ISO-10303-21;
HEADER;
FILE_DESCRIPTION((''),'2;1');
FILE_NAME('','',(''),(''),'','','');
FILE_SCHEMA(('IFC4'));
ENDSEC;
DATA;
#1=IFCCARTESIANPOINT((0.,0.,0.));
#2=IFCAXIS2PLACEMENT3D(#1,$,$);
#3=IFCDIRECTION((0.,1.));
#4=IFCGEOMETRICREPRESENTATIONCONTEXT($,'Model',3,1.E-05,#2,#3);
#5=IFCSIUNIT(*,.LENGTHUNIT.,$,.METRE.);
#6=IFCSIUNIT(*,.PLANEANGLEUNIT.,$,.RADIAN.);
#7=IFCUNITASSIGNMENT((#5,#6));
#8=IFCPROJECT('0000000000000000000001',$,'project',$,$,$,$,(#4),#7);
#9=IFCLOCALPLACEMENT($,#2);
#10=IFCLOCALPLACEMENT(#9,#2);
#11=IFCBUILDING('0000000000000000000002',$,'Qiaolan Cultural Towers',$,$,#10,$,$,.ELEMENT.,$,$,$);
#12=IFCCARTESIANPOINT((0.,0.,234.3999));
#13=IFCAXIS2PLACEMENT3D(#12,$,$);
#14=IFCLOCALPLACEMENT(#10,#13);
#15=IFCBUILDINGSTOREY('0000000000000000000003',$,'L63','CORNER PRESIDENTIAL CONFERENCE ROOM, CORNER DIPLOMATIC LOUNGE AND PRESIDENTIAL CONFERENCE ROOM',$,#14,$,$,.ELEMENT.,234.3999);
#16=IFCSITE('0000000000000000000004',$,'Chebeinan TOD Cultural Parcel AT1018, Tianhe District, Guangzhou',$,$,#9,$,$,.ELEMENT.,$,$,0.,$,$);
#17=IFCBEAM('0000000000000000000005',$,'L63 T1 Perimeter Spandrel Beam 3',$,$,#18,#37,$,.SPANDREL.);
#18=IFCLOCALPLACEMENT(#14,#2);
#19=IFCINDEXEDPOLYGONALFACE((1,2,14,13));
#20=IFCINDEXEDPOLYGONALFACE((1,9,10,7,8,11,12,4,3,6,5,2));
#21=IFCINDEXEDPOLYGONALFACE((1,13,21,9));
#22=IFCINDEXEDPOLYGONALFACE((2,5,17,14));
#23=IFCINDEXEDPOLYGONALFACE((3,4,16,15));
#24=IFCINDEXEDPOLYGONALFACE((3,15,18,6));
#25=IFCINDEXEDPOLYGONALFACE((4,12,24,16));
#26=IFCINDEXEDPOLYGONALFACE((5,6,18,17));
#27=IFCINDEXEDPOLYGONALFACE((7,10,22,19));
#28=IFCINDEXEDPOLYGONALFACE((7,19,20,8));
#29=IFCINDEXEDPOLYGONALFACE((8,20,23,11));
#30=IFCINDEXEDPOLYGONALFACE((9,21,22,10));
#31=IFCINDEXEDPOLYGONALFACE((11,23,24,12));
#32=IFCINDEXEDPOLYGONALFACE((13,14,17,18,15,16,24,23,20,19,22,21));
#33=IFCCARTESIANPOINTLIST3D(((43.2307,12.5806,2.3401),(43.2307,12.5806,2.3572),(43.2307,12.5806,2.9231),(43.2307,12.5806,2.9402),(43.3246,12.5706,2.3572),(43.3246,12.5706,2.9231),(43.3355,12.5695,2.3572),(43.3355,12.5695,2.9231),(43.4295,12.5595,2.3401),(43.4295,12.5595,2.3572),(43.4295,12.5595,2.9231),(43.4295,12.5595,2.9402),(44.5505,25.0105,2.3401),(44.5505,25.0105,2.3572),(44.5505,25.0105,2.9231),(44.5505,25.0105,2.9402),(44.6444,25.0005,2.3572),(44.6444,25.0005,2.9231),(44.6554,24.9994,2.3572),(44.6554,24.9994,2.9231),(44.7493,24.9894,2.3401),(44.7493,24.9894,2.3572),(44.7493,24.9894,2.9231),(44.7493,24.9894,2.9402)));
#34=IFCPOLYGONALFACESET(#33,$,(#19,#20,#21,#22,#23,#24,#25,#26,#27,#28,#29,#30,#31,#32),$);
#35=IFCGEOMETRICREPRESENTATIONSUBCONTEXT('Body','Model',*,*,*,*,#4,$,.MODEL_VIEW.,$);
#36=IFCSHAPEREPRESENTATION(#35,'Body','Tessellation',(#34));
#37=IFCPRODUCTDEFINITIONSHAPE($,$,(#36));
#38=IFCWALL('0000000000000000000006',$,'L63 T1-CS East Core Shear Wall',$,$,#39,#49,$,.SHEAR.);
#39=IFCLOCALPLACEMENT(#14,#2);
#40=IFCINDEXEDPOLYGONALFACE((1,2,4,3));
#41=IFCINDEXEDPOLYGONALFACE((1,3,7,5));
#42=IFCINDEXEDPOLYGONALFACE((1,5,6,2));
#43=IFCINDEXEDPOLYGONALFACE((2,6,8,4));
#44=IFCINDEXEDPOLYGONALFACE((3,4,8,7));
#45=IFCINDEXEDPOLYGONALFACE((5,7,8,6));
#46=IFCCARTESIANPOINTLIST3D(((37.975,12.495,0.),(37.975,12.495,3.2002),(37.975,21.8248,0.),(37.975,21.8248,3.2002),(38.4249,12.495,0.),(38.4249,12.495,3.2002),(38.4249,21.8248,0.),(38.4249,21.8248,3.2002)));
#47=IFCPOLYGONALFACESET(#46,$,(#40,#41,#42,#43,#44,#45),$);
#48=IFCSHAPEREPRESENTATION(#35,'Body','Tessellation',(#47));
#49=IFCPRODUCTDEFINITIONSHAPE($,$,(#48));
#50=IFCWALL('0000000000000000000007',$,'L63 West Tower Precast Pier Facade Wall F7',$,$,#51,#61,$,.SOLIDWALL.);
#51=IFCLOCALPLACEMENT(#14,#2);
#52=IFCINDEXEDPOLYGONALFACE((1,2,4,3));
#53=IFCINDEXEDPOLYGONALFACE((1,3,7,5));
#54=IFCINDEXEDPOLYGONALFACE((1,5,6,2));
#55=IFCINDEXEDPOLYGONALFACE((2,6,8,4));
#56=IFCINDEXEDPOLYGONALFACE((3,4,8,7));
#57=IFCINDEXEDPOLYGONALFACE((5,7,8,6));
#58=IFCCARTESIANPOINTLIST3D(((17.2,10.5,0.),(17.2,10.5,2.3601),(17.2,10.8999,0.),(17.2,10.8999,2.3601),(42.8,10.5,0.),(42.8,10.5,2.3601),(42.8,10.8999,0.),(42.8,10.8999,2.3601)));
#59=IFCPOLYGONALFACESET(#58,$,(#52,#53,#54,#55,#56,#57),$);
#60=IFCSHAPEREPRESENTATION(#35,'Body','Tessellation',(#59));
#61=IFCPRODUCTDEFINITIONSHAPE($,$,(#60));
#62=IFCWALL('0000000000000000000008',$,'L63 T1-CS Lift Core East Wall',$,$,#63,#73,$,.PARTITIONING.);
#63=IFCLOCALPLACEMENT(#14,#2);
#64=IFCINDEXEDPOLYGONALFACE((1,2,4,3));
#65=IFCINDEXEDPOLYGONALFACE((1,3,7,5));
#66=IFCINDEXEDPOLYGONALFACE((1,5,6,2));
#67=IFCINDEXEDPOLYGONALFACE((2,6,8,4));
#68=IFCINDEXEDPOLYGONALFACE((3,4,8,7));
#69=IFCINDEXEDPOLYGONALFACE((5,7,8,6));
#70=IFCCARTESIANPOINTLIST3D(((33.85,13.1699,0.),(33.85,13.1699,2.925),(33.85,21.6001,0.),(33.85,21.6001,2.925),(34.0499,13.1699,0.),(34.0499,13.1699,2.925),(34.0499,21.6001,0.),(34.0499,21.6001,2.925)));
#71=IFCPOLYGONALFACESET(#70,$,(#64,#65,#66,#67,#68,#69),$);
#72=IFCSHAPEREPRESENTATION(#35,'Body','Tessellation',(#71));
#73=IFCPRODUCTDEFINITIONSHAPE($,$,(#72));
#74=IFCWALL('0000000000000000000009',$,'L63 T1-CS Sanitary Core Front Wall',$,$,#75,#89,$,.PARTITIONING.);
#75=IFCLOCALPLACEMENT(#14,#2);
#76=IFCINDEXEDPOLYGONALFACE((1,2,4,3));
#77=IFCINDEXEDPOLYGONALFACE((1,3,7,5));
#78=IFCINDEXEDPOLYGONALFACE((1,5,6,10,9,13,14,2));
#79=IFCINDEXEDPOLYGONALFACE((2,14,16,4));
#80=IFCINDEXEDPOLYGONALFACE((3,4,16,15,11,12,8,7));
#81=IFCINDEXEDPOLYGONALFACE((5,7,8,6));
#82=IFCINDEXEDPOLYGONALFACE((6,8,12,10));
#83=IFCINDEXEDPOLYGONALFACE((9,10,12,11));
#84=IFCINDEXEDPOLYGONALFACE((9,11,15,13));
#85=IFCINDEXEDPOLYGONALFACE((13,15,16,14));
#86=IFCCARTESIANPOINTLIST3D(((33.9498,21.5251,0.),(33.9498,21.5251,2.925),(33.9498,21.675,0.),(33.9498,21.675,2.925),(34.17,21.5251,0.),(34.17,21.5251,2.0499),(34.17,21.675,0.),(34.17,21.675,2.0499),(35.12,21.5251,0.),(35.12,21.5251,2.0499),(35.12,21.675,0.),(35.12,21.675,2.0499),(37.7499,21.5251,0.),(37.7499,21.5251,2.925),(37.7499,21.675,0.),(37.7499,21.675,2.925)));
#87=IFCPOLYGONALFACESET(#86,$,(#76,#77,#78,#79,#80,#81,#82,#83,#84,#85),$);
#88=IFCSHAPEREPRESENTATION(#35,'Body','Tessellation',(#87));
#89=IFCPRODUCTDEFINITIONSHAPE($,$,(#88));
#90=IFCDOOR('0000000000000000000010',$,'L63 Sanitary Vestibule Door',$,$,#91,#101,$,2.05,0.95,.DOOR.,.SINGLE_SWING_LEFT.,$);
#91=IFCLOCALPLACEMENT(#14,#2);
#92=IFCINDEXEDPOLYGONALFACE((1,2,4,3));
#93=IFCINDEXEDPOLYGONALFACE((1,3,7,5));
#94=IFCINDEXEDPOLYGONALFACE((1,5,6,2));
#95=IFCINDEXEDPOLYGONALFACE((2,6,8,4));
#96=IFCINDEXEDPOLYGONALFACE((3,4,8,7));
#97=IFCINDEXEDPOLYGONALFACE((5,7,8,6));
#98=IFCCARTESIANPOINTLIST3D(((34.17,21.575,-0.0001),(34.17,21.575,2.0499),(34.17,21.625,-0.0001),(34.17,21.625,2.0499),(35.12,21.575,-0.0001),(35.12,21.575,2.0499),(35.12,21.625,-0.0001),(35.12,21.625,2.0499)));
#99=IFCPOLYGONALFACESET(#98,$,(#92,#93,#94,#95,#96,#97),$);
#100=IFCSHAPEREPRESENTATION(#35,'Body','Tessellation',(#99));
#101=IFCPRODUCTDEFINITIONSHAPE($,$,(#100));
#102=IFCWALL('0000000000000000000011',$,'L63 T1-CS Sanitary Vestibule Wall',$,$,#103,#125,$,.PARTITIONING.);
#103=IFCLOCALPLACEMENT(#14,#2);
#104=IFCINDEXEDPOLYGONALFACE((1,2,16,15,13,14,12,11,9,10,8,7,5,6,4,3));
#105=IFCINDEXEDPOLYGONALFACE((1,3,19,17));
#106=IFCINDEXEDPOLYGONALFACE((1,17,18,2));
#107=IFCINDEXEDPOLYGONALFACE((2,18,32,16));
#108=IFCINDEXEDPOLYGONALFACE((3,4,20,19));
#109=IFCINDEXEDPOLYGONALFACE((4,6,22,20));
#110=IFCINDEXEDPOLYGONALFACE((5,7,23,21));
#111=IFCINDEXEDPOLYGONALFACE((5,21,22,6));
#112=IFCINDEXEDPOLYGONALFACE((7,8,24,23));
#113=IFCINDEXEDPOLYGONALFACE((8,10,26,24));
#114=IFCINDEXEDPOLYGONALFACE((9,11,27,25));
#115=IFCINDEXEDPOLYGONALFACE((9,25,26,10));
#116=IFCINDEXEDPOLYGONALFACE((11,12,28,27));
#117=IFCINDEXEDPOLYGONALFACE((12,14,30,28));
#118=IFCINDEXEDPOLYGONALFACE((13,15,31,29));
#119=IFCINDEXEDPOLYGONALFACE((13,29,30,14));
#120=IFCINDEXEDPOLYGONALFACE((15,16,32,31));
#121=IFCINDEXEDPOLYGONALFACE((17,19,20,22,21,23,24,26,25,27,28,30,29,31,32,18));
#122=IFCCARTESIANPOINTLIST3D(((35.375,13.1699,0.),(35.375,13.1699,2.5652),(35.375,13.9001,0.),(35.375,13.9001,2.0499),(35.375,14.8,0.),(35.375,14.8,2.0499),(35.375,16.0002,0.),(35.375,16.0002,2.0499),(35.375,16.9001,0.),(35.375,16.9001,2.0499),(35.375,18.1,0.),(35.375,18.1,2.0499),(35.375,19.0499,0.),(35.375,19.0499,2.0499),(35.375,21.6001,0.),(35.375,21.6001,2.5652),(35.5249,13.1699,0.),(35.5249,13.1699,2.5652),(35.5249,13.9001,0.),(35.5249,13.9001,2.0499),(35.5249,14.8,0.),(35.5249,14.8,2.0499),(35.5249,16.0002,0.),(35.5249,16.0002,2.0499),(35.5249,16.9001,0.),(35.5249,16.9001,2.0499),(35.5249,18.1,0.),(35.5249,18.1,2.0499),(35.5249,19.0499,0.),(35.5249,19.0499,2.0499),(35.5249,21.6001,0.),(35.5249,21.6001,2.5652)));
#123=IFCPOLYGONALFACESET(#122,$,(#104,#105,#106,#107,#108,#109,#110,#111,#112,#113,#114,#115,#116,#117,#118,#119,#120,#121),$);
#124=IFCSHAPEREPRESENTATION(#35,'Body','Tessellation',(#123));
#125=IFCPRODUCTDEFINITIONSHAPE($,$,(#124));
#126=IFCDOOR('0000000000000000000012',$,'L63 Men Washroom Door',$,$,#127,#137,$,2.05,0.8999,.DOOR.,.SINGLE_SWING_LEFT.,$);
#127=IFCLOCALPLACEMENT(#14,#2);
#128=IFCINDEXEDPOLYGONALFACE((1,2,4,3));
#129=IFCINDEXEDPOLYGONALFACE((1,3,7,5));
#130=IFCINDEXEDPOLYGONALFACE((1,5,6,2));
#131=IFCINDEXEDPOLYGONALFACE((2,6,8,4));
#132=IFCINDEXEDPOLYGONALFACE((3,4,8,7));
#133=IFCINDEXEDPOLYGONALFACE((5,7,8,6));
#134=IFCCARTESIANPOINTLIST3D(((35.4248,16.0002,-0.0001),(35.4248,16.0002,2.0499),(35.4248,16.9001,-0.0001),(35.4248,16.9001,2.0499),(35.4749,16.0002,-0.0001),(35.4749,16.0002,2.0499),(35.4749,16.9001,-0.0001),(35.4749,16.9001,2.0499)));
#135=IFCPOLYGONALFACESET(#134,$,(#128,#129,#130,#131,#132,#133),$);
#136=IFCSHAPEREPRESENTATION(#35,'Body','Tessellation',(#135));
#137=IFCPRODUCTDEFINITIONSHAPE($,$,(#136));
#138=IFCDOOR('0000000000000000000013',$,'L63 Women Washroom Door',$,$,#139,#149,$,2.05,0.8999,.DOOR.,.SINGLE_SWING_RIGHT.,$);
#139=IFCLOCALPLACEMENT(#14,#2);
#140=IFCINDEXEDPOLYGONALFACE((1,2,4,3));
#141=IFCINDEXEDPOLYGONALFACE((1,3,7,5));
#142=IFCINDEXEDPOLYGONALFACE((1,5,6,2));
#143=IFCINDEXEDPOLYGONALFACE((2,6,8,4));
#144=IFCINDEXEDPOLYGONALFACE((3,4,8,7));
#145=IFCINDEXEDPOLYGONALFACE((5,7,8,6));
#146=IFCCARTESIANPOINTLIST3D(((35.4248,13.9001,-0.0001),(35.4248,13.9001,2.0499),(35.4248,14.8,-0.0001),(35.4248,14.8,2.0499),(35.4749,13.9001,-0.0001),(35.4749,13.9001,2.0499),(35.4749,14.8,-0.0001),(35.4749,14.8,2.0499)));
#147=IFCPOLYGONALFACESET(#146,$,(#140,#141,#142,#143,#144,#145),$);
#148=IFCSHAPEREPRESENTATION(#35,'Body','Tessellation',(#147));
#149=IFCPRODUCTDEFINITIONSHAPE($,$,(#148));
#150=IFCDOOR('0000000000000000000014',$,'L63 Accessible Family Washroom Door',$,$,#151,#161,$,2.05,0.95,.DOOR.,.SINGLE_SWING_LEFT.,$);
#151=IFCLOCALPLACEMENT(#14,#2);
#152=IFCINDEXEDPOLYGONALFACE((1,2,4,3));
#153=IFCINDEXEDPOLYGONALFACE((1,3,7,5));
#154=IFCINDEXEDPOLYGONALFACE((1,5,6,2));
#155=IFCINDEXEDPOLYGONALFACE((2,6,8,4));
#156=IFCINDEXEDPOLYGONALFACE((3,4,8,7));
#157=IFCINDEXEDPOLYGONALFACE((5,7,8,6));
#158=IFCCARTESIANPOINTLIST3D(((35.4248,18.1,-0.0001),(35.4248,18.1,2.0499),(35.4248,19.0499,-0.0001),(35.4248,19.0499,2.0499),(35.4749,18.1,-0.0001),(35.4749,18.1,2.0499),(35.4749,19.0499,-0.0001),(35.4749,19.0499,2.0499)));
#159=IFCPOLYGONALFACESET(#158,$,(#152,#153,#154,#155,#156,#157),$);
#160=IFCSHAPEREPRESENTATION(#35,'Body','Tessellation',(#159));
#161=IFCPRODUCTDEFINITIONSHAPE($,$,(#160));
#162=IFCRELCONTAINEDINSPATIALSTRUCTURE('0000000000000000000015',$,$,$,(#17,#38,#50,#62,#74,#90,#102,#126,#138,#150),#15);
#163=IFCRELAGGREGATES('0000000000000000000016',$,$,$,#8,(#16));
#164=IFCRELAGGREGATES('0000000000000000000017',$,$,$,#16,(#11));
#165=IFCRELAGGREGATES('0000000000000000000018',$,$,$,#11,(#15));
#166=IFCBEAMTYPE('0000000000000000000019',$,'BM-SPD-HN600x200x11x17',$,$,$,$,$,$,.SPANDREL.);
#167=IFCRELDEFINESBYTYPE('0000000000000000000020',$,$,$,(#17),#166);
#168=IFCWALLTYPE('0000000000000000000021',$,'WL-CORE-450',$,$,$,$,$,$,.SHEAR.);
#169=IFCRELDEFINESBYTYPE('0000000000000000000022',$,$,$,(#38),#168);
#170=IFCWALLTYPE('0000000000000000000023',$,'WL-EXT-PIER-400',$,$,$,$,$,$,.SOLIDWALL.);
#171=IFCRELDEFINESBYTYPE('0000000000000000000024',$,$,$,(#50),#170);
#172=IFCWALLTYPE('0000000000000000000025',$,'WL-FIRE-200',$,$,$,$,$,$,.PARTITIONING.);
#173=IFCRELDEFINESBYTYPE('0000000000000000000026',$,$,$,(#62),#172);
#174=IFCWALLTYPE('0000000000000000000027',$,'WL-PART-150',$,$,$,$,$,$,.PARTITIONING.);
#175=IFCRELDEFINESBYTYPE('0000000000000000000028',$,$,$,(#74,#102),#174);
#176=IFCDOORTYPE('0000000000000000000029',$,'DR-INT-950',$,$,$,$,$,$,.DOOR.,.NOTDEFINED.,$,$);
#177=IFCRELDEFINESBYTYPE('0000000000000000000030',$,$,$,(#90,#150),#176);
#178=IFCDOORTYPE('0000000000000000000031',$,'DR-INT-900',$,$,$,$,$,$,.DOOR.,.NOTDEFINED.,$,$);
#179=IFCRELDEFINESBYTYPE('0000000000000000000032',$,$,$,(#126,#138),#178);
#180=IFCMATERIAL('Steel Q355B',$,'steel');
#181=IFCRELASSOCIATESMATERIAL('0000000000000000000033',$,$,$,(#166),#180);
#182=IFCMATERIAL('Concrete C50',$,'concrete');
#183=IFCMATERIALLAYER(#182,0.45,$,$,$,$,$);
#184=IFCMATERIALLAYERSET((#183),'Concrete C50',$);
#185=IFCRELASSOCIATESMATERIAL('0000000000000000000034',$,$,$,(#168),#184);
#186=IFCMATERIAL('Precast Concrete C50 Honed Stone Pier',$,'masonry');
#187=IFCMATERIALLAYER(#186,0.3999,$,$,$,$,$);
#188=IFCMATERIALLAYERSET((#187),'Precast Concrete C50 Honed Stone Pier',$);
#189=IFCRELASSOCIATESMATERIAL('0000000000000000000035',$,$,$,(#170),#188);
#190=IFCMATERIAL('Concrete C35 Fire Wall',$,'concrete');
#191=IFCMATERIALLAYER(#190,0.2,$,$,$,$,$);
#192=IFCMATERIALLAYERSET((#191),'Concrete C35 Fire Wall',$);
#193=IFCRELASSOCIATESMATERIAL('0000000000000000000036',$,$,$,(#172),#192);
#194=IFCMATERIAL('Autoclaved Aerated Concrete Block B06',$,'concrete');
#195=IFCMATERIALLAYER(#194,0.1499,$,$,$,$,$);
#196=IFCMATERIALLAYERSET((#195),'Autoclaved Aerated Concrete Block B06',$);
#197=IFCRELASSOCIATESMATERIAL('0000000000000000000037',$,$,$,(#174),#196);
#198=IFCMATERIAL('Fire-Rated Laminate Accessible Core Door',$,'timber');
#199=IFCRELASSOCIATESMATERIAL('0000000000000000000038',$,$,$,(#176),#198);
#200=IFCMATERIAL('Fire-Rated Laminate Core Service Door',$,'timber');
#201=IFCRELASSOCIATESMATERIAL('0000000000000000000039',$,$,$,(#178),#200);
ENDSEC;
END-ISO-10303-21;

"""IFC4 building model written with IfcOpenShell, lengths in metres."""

from ifc_helpers import new_model, si_unit, direction, frame, frame_2d, origin, origin_2d, place, context, subcontext, project, spatial, rectangle, i_section, extrude, material, layer, layer_set, material_profile, profile_set, type_object, element, fill, save


model = new_model("IFC4")

# Units and contexts
model_context = context("Model", 3, precision=1e-05, world=origin(), true_north=direction((0.0, 1.0)))
body_context = subcontext(model_context, "Body", "Model", "MODEL_VIEW")
ifc_project = project(units=[si_unit("LENGTHUNIT", "METRE"), si_unit("PLANEANGLEUNIT", "RADIAN")], contexts=[model_context])

# Site, building, storey
site_placement = place(None, origin())
site = spatial("IfcSite", under=ifc_project, at=site_placement, Name="Chebeinan TOD Cultural Parcel AT1018, Tianhe District, Guangzhou", CompositionType="ELEMENT", RefElevation=0.0)
building_placement = place(site_placement, origin())
building = spatial("IfcBuilding", under=site, at=building_placement, Name="Qiaolan Cultural Towers", CompositionType="ELEMENT")
storey_placement = place(building_placement, frame((0.0, 0.0, 234.3999)))
storey = spatial("IfcBuildingStorey", under=building, at=storey_placement, Name="L63", Description="CORNER PRESIDENTIAL CONFERENCE ROOM, CORNER DIPLOMATIC LOUNGE AND PRESIDENTIAL CONFERENCE ROOM", CompositionType="ELEMENT", Elevation=234.3999)

# Beam
ifc_material_1 = material(Name="Steel Q355B", Category="steel")
ifc_material_profile_1 = material_profile(ifc_material_1, i_section(OverallWidth=0.2, OverallDepth=0.6001, WebThickness=0.011, FlangeThickness=0.0171, at=origin_2d()), Name="HN600x200x11x17")
ifc_profile_set_1 = profile_set([ifc_material_profile_1], Name="Steel Q355B")
beam_type_1 = type_object("IfcBeamType", Name="BM-SPD-HN600x200x11x17", PredefinedType="SPANDREL", material=ifc_profile_set_1)
beam_1_placement = place(storey_placement, frame((43.3301, 12.5701, 2.6401), z_axis=(0.105588, 0.99441, 0.0), x_axis=(-0.99441, 0.105588, 0.0)))
element("IfcBeam", 1, at=beam_1_placement, inside=storey, type_object=beam_type_1, Name="L63 T1 Perimeter Spandrel Beam 3", PredefinedType="SPANDREL", context=body_context, shape_type="SweptSolid", body=[
    extrude(i_section(OverallWidth=0.2, OverallDepth=0.6001, WebThickness=0.011, FlangeThickness=0.0171, at=origin_2d()), origin(), (0.0, 0.0, 1.0), 12.4998),
])

# Walls
ifc_material_2 = material(Name="Concrete C50", Category="concrete")
ifc_layer_1 = layer(ifc_material_2, 0.45)
ifc_layer_set_1 = layer_set([ifc_layer_1], Name="Concrete C50")
wall_type_1 = type_object("IfcWallType", Name="WL-CORE-450", PredefinedType="SHEAR", material=ifc_layer_set_1)
wall_1_placement = place(storey_placement, frame((38.2, 21.825, 0.0), z_axis=(0.0, 0.0, 1.0), x_axis=(0.0, -1.0, 0.0)))
element("IfcWall", 2, at=wall_1_placement, inside=storey, type_object=wall_type_1, Name="L63 T1-CS East Core Shear Wall", PredefinedType="SHEAR", context=body_context, shape_type="SweptSolid", body=[
    extrude(rectangle(XDim=9.3298, YDim=0.45, at=frame_2d((4.665, 0.0))), origin(), (0.0, 0.0, 1.0), 3.2002),
])
ifc_material_3 = material(Name="Precast Concrete C50 Honed Stone Pier", Category="masonry")
ifc_layer_2 = layer(ifc_material_3, 0.3999)
ifc_layer_set_2 = layer_set([ifc_layer_2], Name="Precast Concrete C50 Honed Stone Pier")
wall_type_2 = type_object("IfcWallType", Name="WL-EXT-PIER-400", PredefinedType="SOLIDWALL", material=ifc_layer_set_2)
wall_2_placement = place(storey_placement, frame((42.8, 10.7, 0.0), z_axis=(0.0, 0.0, 1.0), x_axis=(-1.0, 0.0, 0.0)))
element("IfcWall", 3, at=wall_2_placement, inside=storey, type_object=wall_type_2, Name="L63 West Tower Precast Pier Facade Wall F7", PredefinedType="SOLIDWALL", context=body_context, shape_type="SweptSolid", body=[
    extrude(rectangle(XDim=25.6001, YDim=0.3999, at=frame_2d((12.8, 0.0))), origin(), (0.0, 0.0, 1.0), 2.3601),
])
ifc_material_4 = material(Name="Concrete C35 Fire Wall", Category="concrete")
ifc_layer_3 = layer(ifc_material_4, 0.2)
ifc_layer_set_3 = layer_set([ifc_layer_3], Name="Concrete C35 Fire Wall")
wall_type_3 = type_object("IfcWallType", Name="WL-FIRE-200", PredefinedType="PARTITIONING", material=ifc_layer_set_3)
wall_3_placement = place(storey_placement, frame((33.95, 21.6001, 0.0), z_axis=(0.0, 0.0, 1.0), x_axis=(0.0, -1.0, 0.0)))
element("IfcWall", 4, at=wall_3_placement, inside=storey, type_object=wall_type_3, Name="L63 T1-CS Lift Core East Wall", PredefinedType="PARTITIONING", context=body_context, shape_type="SweptSolid", body=[
    extrude(rectangle(XDim=8.4302, YDim=0.2, at=frame_2d((4.2151, 0.0))), origin(), (0.0, 0.0, 1.0), 2.925),
])

# Wall, opening, door
ifc_material_5 = material(Name="Autoclaved Aerated Concrete Block B06", Category="concrete")
ifc_layer_4 = layer(ifc_material_5, 0.1499)
ifc_layer_set_4 = layer_set([ifc_layer_4], Name="Autoclaved Aerated Concrete Block B06")
wall_type_4 = type_object("IfcWallType", Name="WL-PART-150", PredefinedType="PARTITIONING", material=ifc_layer_set_4)
wall_4_placement = place(storey_placement, frame((33.95, 21.6001, 0.0), z_axis=(0.0, 0.0, 1.0), x_axis=(1.0, 0.0, 0.0)))
wall_4 = element("IfcWall", 5, at=wall_4_placement, inside=storey, type_object=wall_type_4, Name="L63 T1-CS Sanitary Core Front Wall", PredefinedType="PARTITIONING", context=body_context, shape_type="SweptSolid", body=[
    extrude(rectangle(XDim=3.8, YDim=0.1499, at=frame_2d((1.8999, 0.0))), origin(), (0.0, 0.0, 1.0), 2.925),
])
opening_1_placement = place(wall_4_placement, frame((0.22, 0.0, 0.0)))
opening_1 = element("IfcOpeningElement", 6, at=opening_1_placement, cuts=wall_4, PredefinedType="OPENING", context=body_context, shape_type="SweptSolid", body=[
    extrude(rectangle(XDim=0.95, YDim=2.05, at=frame_2d((0.4751, 1.0249))), frame((0.0, 0.085, 0.0), z_axis=(0.0, -1.0, 0.0), x_axis=(1.0, 0.0, 0.0)), (0.0, 0.0, 1.0), 0.1699),
])
ifc_material_6 = material(Name="Fire-Rated Laminate Accessible Core Door", Category="timber")
door_type_1 = type_object("IfcDoorType", Name="DR-INT-950", OperationType="NOTDEFINED", PredefinedType="DOOR", material=ifc_material_6)
door_1_placement = place(opening_1_placement, origin())
door_1 = element("IfcDoor", 7, at=door_1_placement, inside=storey, type_object=door_type_1, Name="L63 Sanitary Vestibule Door", OperationType="SINGLE_SWING_LEFT", OverallHeight=2.05, OverallWidth=0.95, PredefinedType="DOOR", context=body_context, shape_type="SweptSolid", body=[
    extrude(rectangle(XDim=0.95, YDim=2.05, at=frame_2d((0.4751, 1.0249))), frame((0.0, 0.0249, 0.0), z_axis=(0.0, -1.0, 0.0), x_axis=(1.0, 0.0, 0.0)), (0.0, 0.0, 1.0), 0.05),
])
fill(opening_1, door_1)

# Wall, openings, doors
wall_5_placement = place(storey_placement, frame((35.45, 21.6001, 0.0), z_axis=(0.0, 0.0, 1.0), x_axis=(0.0, -1.0, 0.0)))
wall_5 = element("IfcWall", 8, at=wall_5_placement, inside=storey, type_object=wall_type_4, Name="L63 T1-CS Sanitary Vestibule Wall", PredefinedType="PARTITIONING", context=body_context, shape_type="SweptSolid", body=[
    extrude(rectangle(XDim=8.4302, YDim=0.1499, at=frame_2d((4.2151, 0.0))), origin(), (0.0, 0.0, 1.0), 2.5652),
])
opening_2_placement = place(wall_5_placement, frame((2.55, 0.0, 0.0)))
opening_2 = element("IfcOpeningElement", 9, at=opening_2_placement, cuts=wall_5, PredefinedType="OPENING", context=body_context, shape_type="SweptSolid", body=[
    extrude(rectangle(XDim=0.95, YDim=2.05, at=frame_2d((0.4751, 1.0249))), frame((0.0, 0.085, 0.0), z_axis=(0.0, -1.0, 0.0), x_axis=(1.0, 0.0, 0.0)), (0.0, 0.0, 1.0), 0.1699),
])
opening_3_placement = place(wall_5_placement, frame((4.7, 0.0, 0.0)))
opening_3 = element("IfcOpeningElement", 10, at=opening_3_placement, cuts=wall_5, PredefinedType="OPENING", context=body_context, shape_type="SweptSolid", body=[
    extrude(rectangle(XDim=0.8999, YDim=2.05, at=frame_2d((0.45, 1.0249))), frame((0.0, 0.085, 0.0), z_axis=(0.0, -1.0, 0.0), x_axis=(1.0, 0.0, 0.0)), (0.0, 0.0, 1.0), 0.1699),
])
opening_4_placement = place(wall_5_placement, frame((6.8, 0.0, 0.0)))
opening_4 = element("IfcOpeningElement", 11, at=opening_4_placement, cuts=wall_5, PredefinedType="OPENING", context=body_context, shape_type="SweptSolid", body=[
    extrude(rectangle(XDim=0.8999, YDim=2.05, at=frame_2d((0.45, 1.0249))), frame((0.0, 0.085, 0.0), z_axis=(0.0, -1.0, 0.0), x_axis=(1.0, 0.0, 0.0)), (0.0, 0.0, 1.0), 0.1699),
])
ifc_material_7 = material(Name="Fire-Rated Laminate Core Service Door", Category="timber")
door_type_2 = type_object("IfcDoorType", Name="DR-INT-900", OperationType="NOTDEFINED", PredefinedType="DOOR", material=ifc_material_7)
door_2_placement = place(opening_3_placement, origin())
door_2 = element("IfcDoor", 12, at=door_2_placement, inside=storey, type_object=door_type_2, Name="L63 Men Washroom Door", OperationType="SINGLE_SWING_LEFT", OverallHeight=2.05, OverallWidth=0.8999, PredefinedType="DOOR", context=body_context, shape_type="SweptSolid", body=[
    extrude(rectangle(XDim=0.8999, YDim=2.05, at=frame_2d((0.45, 1.0249))), frame((0.0, 0.0249, 0.0), z_axis=(0.0, -1.0, 0.0), x_axis=(1.0, 0.0, 0.0)), (0.0, 0.0, 1.0), 0.05),
])
fill(opening_3, door_2)
door_3_placement = place(opening_4_placement, origin())
door_3 = element("IfcDoor", 13, at=door_3_placement, inside=storey, type_object=door_type_2, Name="L63 Women Washroom Door", OperationType="SINGLE_SWING_RIGHT", OverallHeight=2.05, OverallWidth=0.8999, PredefinedType="DOOR", context=body_context, shape_type="SweptSolid", body=[
    extrude(rectangle(XDim=0.8999, YDim=2.05, at=frame_2d((0.45, 1.0249))), frame((0.0, 0.0249, 0.0), z_axis=(0.0, -1.0, 0.0), x_axis=(1.0, 0.0, 0.0)), (0.0, 0.0, 1.0), 0.05),
])
fill(opening_4, door_3)
door_4_placement = place(opening_2_placement, origin())
door_4 = element("IfcDoor", 14, at=door_4_placement, inside=storey, type_object=door_type_1, Name="L63 Accessible Family Washroom Door", OperationType="SINGLE_SWING_LEFT", OverallHeight=2.05, OverallWidth=0.95, PredefinedType="DOOR", context=body_context, shape_type="SweptSolid", body=[
    extrude(rectangle(XDim=0.95, YDim=2.05, at=frame_2d((0.4751, 1.0249))), frame((0.0, 0.0249, 0.0), z_axis=(0.0, -1.0, 0.0), x_axis=(1.0, 0.0, 0.0)), (0.0, 0.0, 1.0), 0.05),
])
fill(opening_2, door_4)

save(model, "model.ifc")
